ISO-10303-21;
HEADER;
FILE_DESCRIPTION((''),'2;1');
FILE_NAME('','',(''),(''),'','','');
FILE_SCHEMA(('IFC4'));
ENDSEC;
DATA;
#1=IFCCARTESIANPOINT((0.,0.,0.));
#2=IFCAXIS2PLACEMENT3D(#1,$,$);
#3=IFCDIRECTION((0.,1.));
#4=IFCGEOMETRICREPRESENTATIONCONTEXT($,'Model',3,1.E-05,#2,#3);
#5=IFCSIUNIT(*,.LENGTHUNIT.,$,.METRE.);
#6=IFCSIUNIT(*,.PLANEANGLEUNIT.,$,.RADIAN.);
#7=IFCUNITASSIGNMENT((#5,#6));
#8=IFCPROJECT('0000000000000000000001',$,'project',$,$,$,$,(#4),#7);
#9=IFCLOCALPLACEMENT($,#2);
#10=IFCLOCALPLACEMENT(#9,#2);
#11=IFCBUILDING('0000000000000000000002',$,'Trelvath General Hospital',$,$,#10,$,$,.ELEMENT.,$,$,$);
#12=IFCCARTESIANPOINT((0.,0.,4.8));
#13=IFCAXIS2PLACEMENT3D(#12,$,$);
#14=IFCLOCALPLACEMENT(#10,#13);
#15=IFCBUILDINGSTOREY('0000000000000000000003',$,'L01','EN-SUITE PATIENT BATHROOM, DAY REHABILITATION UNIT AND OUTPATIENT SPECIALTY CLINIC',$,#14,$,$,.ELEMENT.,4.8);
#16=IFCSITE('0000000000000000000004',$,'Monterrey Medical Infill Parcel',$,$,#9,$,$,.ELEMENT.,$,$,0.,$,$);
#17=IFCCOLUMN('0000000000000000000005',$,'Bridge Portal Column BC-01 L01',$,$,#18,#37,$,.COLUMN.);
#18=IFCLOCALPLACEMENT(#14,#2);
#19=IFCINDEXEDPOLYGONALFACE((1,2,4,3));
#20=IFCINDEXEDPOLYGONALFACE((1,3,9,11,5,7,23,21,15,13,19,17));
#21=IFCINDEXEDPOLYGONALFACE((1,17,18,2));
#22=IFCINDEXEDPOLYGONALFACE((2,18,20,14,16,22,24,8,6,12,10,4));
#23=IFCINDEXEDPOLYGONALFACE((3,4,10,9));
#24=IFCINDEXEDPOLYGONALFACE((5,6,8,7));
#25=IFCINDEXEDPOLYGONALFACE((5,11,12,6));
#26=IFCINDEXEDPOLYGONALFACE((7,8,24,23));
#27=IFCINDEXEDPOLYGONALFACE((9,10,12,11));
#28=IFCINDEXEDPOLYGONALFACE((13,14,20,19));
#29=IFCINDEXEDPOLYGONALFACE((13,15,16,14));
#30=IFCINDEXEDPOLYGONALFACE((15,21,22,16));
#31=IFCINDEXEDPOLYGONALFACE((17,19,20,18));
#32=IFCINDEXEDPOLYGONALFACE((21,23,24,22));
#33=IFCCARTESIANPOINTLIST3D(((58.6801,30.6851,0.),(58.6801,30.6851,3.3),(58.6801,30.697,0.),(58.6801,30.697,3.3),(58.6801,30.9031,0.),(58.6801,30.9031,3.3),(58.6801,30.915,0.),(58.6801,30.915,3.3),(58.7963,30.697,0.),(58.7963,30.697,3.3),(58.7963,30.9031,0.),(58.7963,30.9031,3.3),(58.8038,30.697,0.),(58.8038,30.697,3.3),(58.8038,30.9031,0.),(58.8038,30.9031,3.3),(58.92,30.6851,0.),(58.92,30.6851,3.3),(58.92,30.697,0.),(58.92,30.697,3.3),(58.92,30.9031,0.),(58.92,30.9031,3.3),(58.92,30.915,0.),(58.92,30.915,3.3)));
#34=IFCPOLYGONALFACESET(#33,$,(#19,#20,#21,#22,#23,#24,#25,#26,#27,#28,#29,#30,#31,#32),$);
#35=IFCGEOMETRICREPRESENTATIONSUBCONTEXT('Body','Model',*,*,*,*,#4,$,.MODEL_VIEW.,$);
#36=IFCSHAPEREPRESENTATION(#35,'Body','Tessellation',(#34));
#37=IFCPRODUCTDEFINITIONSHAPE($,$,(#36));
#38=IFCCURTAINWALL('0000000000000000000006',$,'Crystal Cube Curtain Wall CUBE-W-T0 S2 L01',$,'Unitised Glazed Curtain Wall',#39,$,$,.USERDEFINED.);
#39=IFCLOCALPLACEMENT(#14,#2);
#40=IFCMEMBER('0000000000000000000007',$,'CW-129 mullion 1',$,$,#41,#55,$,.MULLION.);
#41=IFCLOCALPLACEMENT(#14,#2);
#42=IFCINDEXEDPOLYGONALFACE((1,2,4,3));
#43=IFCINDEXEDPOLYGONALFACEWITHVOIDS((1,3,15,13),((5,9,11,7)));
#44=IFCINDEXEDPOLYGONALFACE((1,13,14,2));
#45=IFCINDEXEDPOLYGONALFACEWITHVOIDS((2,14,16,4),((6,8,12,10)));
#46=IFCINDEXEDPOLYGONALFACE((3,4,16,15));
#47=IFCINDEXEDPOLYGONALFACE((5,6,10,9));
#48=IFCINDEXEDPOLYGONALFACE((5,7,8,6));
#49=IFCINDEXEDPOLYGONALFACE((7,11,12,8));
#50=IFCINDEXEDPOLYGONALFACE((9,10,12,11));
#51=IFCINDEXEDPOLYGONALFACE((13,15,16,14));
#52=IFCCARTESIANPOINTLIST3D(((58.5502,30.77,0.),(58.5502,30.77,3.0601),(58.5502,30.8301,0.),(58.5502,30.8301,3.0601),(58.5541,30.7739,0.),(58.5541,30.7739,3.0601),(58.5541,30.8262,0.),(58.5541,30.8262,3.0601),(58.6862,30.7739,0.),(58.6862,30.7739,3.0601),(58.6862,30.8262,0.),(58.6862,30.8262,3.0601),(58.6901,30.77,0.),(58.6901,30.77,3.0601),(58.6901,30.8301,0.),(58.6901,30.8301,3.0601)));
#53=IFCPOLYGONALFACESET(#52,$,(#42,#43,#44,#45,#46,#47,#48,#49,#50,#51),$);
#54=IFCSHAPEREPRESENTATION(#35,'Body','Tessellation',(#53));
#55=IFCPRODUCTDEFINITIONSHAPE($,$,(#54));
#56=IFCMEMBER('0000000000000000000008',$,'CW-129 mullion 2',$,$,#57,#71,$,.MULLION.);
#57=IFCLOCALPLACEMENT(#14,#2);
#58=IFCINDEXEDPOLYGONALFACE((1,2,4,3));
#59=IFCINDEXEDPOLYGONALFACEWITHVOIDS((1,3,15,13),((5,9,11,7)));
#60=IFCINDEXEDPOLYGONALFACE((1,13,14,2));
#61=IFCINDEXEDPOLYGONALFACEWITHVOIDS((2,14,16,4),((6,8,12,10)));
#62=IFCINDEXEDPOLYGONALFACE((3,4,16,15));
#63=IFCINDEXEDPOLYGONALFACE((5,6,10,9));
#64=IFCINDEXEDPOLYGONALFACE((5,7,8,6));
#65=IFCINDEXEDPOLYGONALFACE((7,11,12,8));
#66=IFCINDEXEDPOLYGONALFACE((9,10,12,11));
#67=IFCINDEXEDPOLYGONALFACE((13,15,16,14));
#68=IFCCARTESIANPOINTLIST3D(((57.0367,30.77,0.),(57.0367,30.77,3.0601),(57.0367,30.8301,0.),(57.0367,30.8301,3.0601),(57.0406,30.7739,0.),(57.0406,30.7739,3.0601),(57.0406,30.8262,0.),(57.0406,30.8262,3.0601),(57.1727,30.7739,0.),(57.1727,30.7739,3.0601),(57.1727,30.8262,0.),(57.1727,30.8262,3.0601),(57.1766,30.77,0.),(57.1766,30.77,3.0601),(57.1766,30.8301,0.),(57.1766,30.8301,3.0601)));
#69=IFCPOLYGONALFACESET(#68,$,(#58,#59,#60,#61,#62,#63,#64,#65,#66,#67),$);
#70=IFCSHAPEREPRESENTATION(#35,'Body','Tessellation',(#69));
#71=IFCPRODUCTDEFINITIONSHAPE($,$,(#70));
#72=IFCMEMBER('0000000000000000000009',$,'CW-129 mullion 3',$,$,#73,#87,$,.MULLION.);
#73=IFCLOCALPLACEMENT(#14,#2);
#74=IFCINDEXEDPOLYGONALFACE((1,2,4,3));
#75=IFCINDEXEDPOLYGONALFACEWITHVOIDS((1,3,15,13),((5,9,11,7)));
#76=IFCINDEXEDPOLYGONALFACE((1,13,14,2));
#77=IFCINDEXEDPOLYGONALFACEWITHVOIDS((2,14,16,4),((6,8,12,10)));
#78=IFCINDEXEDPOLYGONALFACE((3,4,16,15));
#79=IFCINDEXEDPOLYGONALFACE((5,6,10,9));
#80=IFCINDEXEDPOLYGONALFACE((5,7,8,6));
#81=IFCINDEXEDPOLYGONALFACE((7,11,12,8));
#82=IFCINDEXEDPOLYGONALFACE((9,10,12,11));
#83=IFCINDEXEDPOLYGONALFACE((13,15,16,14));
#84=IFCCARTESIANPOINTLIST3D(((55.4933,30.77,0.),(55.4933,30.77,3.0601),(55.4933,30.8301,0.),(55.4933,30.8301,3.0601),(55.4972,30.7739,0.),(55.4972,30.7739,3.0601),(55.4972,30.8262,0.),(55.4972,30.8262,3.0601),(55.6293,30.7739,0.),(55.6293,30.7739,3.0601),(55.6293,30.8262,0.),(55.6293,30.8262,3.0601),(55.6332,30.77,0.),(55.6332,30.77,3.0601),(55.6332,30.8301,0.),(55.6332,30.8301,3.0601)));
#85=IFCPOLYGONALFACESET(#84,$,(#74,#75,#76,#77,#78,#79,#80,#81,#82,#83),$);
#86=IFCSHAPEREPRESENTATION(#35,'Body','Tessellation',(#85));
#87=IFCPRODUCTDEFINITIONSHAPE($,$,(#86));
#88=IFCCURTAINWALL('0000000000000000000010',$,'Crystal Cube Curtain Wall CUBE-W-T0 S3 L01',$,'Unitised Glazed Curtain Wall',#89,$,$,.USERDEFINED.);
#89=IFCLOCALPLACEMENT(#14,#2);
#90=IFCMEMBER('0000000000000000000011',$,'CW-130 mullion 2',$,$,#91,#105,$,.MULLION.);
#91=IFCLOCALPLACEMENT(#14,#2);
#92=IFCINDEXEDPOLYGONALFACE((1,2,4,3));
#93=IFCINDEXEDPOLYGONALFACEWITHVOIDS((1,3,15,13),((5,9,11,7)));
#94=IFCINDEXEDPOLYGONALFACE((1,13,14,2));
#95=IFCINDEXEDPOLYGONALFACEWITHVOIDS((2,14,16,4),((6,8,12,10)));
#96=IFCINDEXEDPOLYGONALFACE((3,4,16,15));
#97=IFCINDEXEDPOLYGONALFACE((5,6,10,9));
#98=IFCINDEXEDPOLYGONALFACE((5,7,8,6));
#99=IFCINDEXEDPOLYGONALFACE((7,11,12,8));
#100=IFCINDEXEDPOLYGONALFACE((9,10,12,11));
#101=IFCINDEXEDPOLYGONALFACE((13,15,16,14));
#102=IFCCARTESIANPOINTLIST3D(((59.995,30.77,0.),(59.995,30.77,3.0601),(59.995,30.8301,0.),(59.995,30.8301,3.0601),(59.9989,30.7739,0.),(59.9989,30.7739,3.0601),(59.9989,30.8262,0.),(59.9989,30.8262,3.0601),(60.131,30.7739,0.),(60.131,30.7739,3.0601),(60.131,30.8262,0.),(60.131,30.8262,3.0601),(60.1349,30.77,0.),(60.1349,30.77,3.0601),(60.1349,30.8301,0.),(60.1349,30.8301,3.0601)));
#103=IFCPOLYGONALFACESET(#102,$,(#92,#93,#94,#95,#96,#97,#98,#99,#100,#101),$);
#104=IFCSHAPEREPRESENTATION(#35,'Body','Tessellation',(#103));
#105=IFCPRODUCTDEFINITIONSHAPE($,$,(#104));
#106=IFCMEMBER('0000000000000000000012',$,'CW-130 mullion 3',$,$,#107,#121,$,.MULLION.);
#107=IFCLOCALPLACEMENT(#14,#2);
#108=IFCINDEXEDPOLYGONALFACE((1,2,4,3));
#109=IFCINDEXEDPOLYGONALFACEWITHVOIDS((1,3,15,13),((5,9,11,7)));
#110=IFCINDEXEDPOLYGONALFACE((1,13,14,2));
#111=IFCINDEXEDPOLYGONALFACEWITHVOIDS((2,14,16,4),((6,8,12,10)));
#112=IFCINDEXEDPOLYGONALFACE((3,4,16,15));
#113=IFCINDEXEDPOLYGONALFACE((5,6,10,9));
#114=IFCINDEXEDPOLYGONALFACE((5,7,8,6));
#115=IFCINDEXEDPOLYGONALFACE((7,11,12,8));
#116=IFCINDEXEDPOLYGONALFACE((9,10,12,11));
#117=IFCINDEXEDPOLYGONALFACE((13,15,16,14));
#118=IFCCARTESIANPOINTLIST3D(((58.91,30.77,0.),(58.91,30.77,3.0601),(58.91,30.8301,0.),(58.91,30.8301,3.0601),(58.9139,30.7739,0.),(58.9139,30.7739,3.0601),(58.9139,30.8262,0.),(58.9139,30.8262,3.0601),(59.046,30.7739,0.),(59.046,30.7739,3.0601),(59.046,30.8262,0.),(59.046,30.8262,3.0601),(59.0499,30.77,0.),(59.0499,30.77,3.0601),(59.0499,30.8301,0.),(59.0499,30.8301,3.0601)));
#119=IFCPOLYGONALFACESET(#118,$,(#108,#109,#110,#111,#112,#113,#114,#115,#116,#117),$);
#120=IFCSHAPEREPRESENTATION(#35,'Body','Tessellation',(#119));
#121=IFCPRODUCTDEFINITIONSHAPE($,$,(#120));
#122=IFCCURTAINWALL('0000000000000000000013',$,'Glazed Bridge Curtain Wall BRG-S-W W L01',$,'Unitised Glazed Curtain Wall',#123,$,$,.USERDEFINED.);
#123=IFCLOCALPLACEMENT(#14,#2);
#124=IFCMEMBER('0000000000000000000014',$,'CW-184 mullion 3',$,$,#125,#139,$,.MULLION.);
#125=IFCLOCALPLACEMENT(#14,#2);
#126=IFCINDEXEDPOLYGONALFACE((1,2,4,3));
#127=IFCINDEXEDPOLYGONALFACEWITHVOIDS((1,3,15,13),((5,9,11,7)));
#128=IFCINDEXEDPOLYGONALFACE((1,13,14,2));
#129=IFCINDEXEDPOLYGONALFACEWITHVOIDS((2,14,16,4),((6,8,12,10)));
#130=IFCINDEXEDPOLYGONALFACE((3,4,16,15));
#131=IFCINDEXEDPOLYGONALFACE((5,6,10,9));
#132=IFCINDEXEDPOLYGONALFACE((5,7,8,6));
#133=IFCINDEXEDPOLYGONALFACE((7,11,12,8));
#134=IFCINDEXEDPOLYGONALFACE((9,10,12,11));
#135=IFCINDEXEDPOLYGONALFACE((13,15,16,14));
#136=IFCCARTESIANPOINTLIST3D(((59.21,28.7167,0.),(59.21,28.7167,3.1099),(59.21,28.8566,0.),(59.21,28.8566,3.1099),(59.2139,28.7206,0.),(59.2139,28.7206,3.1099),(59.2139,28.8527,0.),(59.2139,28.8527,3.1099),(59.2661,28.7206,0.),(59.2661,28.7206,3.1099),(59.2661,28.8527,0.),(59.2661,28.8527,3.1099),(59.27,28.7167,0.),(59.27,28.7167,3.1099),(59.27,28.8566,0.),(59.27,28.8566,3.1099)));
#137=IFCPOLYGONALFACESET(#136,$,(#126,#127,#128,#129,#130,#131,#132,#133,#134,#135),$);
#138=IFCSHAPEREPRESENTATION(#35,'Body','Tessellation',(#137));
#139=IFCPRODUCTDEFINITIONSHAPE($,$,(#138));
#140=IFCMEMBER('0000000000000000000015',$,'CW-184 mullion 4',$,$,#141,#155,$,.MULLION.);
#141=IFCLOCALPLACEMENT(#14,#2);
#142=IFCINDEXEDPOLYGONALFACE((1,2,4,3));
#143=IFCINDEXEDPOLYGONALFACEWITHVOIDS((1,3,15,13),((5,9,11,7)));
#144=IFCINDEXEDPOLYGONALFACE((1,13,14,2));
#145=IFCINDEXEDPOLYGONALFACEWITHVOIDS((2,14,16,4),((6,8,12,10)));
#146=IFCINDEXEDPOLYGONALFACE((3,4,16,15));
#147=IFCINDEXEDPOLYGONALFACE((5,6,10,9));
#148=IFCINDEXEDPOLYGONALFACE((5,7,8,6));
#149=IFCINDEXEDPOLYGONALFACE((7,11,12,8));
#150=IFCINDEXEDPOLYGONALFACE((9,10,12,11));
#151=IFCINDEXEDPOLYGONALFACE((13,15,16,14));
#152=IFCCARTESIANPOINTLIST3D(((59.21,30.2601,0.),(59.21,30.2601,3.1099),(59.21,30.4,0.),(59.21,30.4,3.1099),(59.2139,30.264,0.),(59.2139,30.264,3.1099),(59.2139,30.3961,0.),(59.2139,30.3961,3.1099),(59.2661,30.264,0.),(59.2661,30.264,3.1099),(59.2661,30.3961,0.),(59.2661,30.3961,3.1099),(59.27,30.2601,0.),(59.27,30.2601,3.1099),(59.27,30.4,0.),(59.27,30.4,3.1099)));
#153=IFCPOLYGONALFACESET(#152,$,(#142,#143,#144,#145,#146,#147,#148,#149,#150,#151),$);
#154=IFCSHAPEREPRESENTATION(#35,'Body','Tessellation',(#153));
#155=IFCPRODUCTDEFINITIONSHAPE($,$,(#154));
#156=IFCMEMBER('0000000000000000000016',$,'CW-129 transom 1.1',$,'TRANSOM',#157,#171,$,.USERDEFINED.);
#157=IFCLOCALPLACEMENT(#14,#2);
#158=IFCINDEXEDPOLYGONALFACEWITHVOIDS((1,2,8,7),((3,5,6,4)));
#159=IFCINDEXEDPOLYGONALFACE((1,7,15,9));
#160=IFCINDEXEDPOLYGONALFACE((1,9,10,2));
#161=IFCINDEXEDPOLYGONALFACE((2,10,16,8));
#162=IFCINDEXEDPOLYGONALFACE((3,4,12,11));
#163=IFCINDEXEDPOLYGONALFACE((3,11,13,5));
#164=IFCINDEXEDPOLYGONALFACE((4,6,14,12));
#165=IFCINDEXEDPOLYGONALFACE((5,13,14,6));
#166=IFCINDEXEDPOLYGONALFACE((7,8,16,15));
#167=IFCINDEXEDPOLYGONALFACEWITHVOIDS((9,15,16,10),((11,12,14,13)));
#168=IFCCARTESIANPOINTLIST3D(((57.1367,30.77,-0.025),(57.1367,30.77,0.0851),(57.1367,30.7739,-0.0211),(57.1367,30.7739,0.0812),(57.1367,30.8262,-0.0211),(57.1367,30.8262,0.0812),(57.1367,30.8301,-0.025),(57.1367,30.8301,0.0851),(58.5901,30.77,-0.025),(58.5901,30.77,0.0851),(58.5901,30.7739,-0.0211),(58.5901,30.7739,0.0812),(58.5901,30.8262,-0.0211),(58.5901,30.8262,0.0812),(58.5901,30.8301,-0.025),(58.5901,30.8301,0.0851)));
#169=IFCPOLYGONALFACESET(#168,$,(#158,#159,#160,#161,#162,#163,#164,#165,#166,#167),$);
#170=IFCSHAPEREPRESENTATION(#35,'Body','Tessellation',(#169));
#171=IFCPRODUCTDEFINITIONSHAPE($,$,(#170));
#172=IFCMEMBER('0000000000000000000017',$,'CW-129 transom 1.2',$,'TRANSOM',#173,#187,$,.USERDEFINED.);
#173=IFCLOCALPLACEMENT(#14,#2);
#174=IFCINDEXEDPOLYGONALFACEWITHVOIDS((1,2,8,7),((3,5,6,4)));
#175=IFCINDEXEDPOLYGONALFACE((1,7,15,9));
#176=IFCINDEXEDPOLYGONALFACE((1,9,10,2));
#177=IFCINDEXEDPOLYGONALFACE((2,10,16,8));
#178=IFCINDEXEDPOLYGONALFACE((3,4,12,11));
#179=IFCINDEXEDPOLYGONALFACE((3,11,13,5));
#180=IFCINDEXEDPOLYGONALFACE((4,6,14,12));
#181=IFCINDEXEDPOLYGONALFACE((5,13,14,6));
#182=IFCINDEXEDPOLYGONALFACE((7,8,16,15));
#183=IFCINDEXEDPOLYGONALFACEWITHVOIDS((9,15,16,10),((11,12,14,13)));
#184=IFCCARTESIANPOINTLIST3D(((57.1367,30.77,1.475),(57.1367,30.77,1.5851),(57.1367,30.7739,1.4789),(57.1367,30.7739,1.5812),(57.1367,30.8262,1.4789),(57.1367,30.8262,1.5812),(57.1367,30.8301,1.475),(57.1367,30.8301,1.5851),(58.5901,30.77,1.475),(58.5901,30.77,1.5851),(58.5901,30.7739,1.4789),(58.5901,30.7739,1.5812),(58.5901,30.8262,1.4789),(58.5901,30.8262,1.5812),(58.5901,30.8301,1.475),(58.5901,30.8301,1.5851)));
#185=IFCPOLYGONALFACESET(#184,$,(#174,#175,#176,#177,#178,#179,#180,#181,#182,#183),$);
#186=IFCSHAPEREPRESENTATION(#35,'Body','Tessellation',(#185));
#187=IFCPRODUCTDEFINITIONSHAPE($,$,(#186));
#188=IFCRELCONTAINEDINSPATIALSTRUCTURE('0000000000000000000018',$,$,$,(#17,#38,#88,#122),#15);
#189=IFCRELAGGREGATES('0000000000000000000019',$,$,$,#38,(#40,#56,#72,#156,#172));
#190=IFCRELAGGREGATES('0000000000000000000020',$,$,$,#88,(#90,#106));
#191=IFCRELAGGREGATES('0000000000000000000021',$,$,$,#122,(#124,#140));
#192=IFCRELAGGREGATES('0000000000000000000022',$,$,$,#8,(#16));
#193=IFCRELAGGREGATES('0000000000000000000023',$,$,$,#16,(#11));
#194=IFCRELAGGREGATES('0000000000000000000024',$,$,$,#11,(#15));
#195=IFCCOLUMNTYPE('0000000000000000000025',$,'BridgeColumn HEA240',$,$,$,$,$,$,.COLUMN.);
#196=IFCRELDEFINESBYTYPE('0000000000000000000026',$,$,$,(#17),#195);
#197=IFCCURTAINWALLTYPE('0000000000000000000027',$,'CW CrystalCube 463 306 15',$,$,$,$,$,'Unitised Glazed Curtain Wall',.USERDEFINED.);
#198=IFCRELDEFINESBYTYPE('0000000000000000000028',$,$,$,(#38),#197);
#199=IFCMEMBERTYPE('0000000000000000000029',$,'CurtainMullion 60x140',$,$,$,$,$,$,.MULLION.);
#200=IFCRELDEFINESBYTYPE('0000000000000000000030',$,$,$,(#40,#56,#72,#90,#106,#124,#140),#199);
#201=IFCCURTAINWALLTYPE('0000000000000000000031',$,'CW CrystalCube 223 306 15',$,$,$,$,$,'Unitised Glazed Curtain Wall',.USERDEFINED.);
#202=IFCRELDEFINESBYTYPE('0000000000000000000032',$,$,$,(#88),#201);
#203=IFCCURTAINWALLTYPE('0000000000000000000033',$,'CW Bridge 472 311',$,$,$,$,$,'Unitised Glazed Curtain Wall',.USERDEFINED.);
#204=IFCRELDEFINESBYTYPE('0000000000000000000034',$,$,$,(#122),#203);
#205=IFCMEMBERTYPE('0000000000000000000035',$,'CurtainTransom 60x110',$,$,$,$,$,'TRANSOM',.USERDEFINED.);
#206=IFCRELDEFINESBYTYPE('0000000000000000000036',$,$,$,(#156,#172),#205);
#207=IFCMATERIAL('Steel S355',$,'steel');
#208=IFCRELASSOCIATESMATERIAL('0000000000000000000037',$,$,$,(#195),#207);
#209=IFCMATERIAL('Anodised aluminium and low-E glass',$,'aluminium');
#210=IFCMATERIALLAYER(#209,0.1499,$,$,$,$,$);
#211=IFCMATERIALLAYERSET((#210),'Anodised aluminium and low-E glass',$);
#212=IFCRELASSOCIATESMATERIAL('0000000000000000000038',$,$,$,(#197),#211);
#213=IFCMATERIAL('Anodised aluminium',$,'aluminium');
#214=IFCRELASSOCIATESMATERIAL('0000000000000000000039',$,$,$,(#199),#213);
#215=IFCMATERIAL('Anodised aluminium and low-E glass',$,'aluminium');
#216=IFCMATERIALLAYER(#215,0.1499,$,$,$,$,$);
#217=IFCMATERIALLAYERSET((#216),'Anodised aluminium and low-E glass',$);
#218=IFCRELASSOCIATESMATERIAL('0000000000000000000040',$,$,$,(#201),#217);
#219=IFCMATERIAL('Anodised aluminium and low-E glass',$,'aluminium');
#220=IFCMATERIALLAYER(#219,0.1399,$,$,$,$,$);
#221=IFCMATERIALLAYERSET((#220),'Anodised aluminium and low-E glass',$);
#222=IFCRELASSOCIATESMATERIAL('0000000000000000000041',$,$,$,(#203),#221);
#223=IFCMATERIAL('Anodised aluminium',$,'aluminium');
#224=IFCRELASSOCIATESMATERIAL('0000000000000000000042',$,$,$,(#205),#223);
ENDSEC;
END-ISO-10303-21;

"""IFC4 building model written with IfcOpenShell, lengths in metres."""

from ifc_helpers import new_model, si_unit, direction, frame, origin, origin_2d, place, context, subcontext, project, spatial, hollow_rectangle, i_section, extrude, material, layer, layer_set, material_profile, profile_set, type_object, element, aggregate, save


model = new_model("IFC4")

# Units and contexts
model_context = context("Model", 3, precision=1e-05, world=origin(), true_north=direction((0.0, 1.0)))
body_context = subcontext(model_context, "Body", "Model", "MODEL_VIEW")
ifc_project = project(units=[si_unit("LENGTHUNIT", "METRE"), si_unit("PLANEANGLEUNIT", "RADIAN")], contexts=[model_context])

# Site, building, storey
site_placement = place(None, origin())
site = spatial("IfcSite", under=ifc_project, at=site_placement, Name="Monterrey Medical Infill Parcel", CompositionType="ELEMENT", RefElevation=0.0)
building_placement = place(site_placement, origin())
building = spatial("IfcBuilding", under=site, at=building_placement, Name="Trelvath General Hospital", CompositionType="ELEMENT")
storey_placement = place(building_placement, frame((0.0, 0.0, 4.8)))
storey = spatial("IfcBuildingStorey", under=building, at=storey_placement, Name="L01", Description="EN-SUITE PATIENT BATHROOM, DAY REHABILITATION UNIT AND OUTPATIENT SPECIALTY CLINIC", CompositionType="ELEMENT", Elevation=4.8)

# Column
ifc_material_1 = material(Name="Steel S355", Category="steel")
ifc_material_profile_1 = material_profile(ifc_material_1, i_section(OverallWidth=0.24, OverallDepth=0.23, WebThickness=0.0076, FlangeThickness=0.012, at=origin_2d()), Name="HEA240")
ifc_profile_set_1 = profile_set([ifc_material_profile_1], Name="Steel S355")
column_type = type_object("IfcColumnType", Name="BridgeColumn HEA240", PredefinedType="COLUMN", material=ifc_profile_set_1)
column_placement = place(storey_placement, frame((58.8, 30.8, 0.0), z_axis=(0.0, 0.0, 1.0), x_axis=(1.0, 0.0, 0.0)))
element("IfcColumn", 1, at=column_placement, inside=storey, type_object=column_type, Name="Bridge Portal Column BC-01 L01", PredefinedType="COLUMN", context=body_context, shape_type="SweptSolid", body=[
    extrude(i_section(OverallWidth=0.24, OverallDepth=0.23, WebThickness=0.0076, FlangeThickness=0.012, at=origin_2d()), origin(), (0.0, 0.0, 1.0), 3.3),
])

# Curtain walls, members
ifc_material_2 = material(Name="Anodised aluminium and low-E glass", Category="aluminium")
ifc_layer_1 = layer(ifc_material_2, 0.1499)
ifc_layer_set_1 = layer_set([ifc_layer_1], Name="Anodised aluminium and low-E glass")
curtain_wall_type_1 = type_object("IfcCurtainWallType", Name="CW CrystalCube 463 306 15", ElementType="Unitised Glazed Curtain Wall", PredefinedType="USERDEFINED", material=ifc_layer_set_1)
curtain_wall_1_placement = place(storey_placement, origin())
curtain_wall_1 = element("IfcCurtainWall", 2, at=curtain_wall_1_placement, inside=storey, type_object=curtain_wall_type_1, Name="Crystal Cube Curtain Wall CUBE-W-T0 S2 L01", ObjectType="Unitised Glazed Curtain Wall", PredefinedType="USERDEFINED")
ifc_material_3 = material(Name="Anodised aluminium", Category="aluminium")
ifc_material_profile_2 = material_profile(ifc_material_3, hollow_rectangle(XDim=0.0601, YDim=0.1399, WallThickness=0.0039, at=origin_2d()), Name="RHS60x140x4")
ifc_profile_set_2 = profile_set([ifc_material_profile_2], Name="Anodised aluminium")
member_type_1 = type_object("IfcMemberType", Name="CurtainMullion 60x140", PredefinedType="MULLION", material=ifc_profile_set_2)
member_1_placement = place(storey_placement, frame((58.6201, 30.8, 0.0), z_axis=(0.0, 0.0, 1.0), x_axis=(0.0, -1.0, 0.0)))
member_1 = element("IfcMember", 3, at=member_1_placement, type_object=member_type_1, Name="CW-129 mullion 1", PredefinedType="MULLION", context=body_context, shape_type="SweptSolid", body=[
    extrude(hollow_rectangle(XDim=0.0601, YDim=0.1399, WallThickness=0.0039, at=origin_2d()), origin(), (0.0, 0.0, 1.0), 3.0601),
])
member_2_placement = place(storey_placement, frame((57.1067, 30.8, 0.0), z_axis=(0.0, 0.0, 1.0), x_axis=(0.0, -1.0, 0.0)))
member_2 = element("IfcMember", 4, at=member_2_placement, type_object=member_type_1, Name="CW-129 mullion 2", PredefinedType="MULLION", context=body_context, shape_type="SweptSolid", body=[
    extrude(hollow_rectangle(XDim=0.0601, YDim=0.1399, WallThickness=0.0039, at=origin_2d()), origin(), (0.0, 0.0, 1.0), 3.0601),
])
member_3_placement = place(storey_placement, frame((55.5632, 30.8, 0.0), z_axis=(0.0, 0.0, 1.0), x_axis=(0.0, -1.0, 0.0)))
member_3 = element("IfcMember", 5, at=member_3_placement, type_object=member_type_1, Name="CW-129 mullion 3", PredefinedType="MULLION", context=body_context, shape_type="SweptSolid", body=[
    extrude(hollow_rectangle(XDim=0.0601, YDim=0.1399, WallThickness=0.0039, at=origin_2d()), origin(), (0.0, 0.0, 1.0), 3.0601),
])
ifc_material_4 = material(Name="Anodised aluminium and low-E glass", Category="aluminium")
ifc_layer_2 = layer(ifc_material_4, 0.1499)
ifc_layer_set_2 = layer_set([ifc_layer_2], Name="Anodised aluminium and low-E glass")
curtain_wall_type_2 = type_object("IfcCurtainWallType", Name="CW CrystalCube 223 306 15", ElementType="Unitised Glazed Curtain Wall", PredefinedType="USERDEFINED", material=ifc_layer_set_2)
curtain_wall_2_placement = place(storey_placement, origin())
curtain_wall_2 = element("IfcCurtainWall", 6, at=curtain_wall_2_placement, inside=storey, type_object=curtain_wall_type_2, Name="Crystal Cube Curtain Wall CUBE-W-T0 S3 L01", ObjectType="Unitised Glazed Curtain Wall", PredefinedType="USERDEFINED")
member_4_placement = place(storey_placement, frame((60.0649, 30.8, 0.0), z_axis=(0.0, 0.0, 1.0), x_axis=(0.0, -1.0, 0.0)))
member_4 = element("IfcMember", 7, at=member_4_placement, type_object=member_type_1, Name="CW-130 mullion 2", PredefinedType="MULLION", context=body_context, shape_type="SweptSolid", body=[
    extrude(hollow_rectangle(XDim=0.0601, YDim=0.1399, WallThickness=0.0039, at=origin_2d()), origin(), (0.0, 0.0, 1.0), 3.0601),
])
member_5_placement = place(storey_placement, frame((58.98, 30.8, 0.0), z_axis=(0.0, 0.0, 1.0), x_axis=(0.0, -1.0, 0.0)))
member_5 = element("IfcMember", 8, at=member_5_placement, type_object=member_type_1, Name="CW-130 mullion 3", PredefinedType="MULLION", context=body_context, shape_type="SweptSolid", body=[
    extrude(hollow_rectangle(XDim=0.0601, YDim=0.1399, WallThickness=0.0039, at=origin_2d()), origin(), (0.0, 0.0, 1.0), 3.0601),
])
ifc_material_5 = material(Name="Anodised aluminium and low-E glass", Category="aluminium")
ifc_layer_3 = layer(ifc_material_5, 0.1399)
ifc_layer_set_3 = layer_set([ifc_layer_3], Name="Anodised aluminium and low-E glass")
curtain_wall_type_3 = type_object("IfcCurtainWallType", Name="CW Bridge 472 311", ElementType="Unitised Glazed Curtain Wall", PredefinedType="USERDEFINED", material=ifc_layer_set_3)
curtain_wall_3_placement = place(storey_placement, origin())
curtain_wall_3 = element("IfcCurtainWall", 9, at=curtain_wall_3_placement, inside=storey, type_object=curtain_wall_type_3, Name="Glazed Bridge Curtain Wall BRG-S-W W L01", ObjectType="Unitised Glazed Curtain Wall", PredefinedType="USERDEFINED")
member_6_placement = place(storey_placement, frame((59.24, 28.7866, 0.0), z_axis=(0.0, 0.0, 1.0), x_axis=(-1.0, 0.0, 0.0)))
member_6 = element("IfcMember", 10, at=member_6_placement, type_object=member_type_1, Name="CW-184 mullion 3", PredefinedType="MULLION", context=body_context, shape_type="SweptSolid", body=[
    extrude(hollow_rectangle(XDim=0.0601, YDim=0.1399, WallThickness=0.0039, at=origin_2d()), origin(), (0.0, 0.0, 1.0), 3.1099),
])
member_7_placement = place(storey_placement, frame((59.24, 30.3301, 0.0), z_axis=(0.0, 0.0, 1.0), x_axis=(-1.0, 0.0, 0.0)))
member_7 = element("IfcMember", 11, at=member_7_placement, type_object=member_type_1, Name="CW-184 mullion 4", PredefinedType="MULLION", context=body_context, shape_type="SweptSolid", body=[
    extrude(hollow_rectangle(XDim=0.0601, YDim=0.1399, WallThickness=0.0039, at=origin_2d()), origin(), (0.0, 0.0, 1.0), 3.1099),
])

# Members
ifc_material_6 = material(Name="Anodised aluminium", Category="aluminium")
ifc_material_profile_3 = material_profile(ifc_material_6, hollow_rectangle(XDim=0.0601, YDim=0.1101, WallThickness=0.0039, at=origin_2d()), Name="RHS60x110x4")
ifc_profile_set_3 = profile_set([ifc_material_profile_3], Name="Anodised aluminium")
member_type_2 = type_object("IfcMemberType", Name="CurtainTransom 60x110", ElementType="TRANSOM", PredefinedType="USERDEFINED", material=ifc_profile_set_3)
member_8_placement = place(storey_placement, frame((58.5901, 30.8, 0.03), z_axis=(-1.0, 0.0, 0.0), x_axis=(0.0, -1.0, 0.0)))
member_8 = element("IfcMember", 12, at=member_8_placement, type_object=member_type_2, Name="CW-129 transom 1.1", ObjectType="TRANSOM", PredefinedType="USERDEFINED", context=body_context, shape_type="SweptSolid", body=[
    extrude(hollow_rectangle(XDim=0.0601, YDim=0.1101, WallThickness=0.0039, at=origin_2d()), origin(), (0.0, 0.0, 1.0), 1.4534),
])
member_9_placement = place(storey_placement, frame((58.5901, 30.8, 1.53), z_axis=(-1.0, 0.0, 0.0), x_axis=(0.0, -1.0, 0.0)))
member_9 = element("IfcMember", 13, at=member_9_placement, type_object=member_type_2, Name="CW-129 transom 1.2", ObjectType="TRANSOM", PredefinedType="USERDEFINED", context=body_context, shape_type="SweptSolid", body=[
    extrude(hollow_rectangle(XDim=0.0601, YDim=0.1101, WallThickness=0.0039, at=origin_2d()), origin(), (0.0, 0.0, 1.0), 1.4534),
])

aggregate(curtain_wall_1, [member_1, member_2, member_3, member_8, member_9])
aggregate(curtain_wall_2, [member_4, member_5])
aggregate(curtain_wall_3, [member_6, member_7])

save(model, "model.ifc")
